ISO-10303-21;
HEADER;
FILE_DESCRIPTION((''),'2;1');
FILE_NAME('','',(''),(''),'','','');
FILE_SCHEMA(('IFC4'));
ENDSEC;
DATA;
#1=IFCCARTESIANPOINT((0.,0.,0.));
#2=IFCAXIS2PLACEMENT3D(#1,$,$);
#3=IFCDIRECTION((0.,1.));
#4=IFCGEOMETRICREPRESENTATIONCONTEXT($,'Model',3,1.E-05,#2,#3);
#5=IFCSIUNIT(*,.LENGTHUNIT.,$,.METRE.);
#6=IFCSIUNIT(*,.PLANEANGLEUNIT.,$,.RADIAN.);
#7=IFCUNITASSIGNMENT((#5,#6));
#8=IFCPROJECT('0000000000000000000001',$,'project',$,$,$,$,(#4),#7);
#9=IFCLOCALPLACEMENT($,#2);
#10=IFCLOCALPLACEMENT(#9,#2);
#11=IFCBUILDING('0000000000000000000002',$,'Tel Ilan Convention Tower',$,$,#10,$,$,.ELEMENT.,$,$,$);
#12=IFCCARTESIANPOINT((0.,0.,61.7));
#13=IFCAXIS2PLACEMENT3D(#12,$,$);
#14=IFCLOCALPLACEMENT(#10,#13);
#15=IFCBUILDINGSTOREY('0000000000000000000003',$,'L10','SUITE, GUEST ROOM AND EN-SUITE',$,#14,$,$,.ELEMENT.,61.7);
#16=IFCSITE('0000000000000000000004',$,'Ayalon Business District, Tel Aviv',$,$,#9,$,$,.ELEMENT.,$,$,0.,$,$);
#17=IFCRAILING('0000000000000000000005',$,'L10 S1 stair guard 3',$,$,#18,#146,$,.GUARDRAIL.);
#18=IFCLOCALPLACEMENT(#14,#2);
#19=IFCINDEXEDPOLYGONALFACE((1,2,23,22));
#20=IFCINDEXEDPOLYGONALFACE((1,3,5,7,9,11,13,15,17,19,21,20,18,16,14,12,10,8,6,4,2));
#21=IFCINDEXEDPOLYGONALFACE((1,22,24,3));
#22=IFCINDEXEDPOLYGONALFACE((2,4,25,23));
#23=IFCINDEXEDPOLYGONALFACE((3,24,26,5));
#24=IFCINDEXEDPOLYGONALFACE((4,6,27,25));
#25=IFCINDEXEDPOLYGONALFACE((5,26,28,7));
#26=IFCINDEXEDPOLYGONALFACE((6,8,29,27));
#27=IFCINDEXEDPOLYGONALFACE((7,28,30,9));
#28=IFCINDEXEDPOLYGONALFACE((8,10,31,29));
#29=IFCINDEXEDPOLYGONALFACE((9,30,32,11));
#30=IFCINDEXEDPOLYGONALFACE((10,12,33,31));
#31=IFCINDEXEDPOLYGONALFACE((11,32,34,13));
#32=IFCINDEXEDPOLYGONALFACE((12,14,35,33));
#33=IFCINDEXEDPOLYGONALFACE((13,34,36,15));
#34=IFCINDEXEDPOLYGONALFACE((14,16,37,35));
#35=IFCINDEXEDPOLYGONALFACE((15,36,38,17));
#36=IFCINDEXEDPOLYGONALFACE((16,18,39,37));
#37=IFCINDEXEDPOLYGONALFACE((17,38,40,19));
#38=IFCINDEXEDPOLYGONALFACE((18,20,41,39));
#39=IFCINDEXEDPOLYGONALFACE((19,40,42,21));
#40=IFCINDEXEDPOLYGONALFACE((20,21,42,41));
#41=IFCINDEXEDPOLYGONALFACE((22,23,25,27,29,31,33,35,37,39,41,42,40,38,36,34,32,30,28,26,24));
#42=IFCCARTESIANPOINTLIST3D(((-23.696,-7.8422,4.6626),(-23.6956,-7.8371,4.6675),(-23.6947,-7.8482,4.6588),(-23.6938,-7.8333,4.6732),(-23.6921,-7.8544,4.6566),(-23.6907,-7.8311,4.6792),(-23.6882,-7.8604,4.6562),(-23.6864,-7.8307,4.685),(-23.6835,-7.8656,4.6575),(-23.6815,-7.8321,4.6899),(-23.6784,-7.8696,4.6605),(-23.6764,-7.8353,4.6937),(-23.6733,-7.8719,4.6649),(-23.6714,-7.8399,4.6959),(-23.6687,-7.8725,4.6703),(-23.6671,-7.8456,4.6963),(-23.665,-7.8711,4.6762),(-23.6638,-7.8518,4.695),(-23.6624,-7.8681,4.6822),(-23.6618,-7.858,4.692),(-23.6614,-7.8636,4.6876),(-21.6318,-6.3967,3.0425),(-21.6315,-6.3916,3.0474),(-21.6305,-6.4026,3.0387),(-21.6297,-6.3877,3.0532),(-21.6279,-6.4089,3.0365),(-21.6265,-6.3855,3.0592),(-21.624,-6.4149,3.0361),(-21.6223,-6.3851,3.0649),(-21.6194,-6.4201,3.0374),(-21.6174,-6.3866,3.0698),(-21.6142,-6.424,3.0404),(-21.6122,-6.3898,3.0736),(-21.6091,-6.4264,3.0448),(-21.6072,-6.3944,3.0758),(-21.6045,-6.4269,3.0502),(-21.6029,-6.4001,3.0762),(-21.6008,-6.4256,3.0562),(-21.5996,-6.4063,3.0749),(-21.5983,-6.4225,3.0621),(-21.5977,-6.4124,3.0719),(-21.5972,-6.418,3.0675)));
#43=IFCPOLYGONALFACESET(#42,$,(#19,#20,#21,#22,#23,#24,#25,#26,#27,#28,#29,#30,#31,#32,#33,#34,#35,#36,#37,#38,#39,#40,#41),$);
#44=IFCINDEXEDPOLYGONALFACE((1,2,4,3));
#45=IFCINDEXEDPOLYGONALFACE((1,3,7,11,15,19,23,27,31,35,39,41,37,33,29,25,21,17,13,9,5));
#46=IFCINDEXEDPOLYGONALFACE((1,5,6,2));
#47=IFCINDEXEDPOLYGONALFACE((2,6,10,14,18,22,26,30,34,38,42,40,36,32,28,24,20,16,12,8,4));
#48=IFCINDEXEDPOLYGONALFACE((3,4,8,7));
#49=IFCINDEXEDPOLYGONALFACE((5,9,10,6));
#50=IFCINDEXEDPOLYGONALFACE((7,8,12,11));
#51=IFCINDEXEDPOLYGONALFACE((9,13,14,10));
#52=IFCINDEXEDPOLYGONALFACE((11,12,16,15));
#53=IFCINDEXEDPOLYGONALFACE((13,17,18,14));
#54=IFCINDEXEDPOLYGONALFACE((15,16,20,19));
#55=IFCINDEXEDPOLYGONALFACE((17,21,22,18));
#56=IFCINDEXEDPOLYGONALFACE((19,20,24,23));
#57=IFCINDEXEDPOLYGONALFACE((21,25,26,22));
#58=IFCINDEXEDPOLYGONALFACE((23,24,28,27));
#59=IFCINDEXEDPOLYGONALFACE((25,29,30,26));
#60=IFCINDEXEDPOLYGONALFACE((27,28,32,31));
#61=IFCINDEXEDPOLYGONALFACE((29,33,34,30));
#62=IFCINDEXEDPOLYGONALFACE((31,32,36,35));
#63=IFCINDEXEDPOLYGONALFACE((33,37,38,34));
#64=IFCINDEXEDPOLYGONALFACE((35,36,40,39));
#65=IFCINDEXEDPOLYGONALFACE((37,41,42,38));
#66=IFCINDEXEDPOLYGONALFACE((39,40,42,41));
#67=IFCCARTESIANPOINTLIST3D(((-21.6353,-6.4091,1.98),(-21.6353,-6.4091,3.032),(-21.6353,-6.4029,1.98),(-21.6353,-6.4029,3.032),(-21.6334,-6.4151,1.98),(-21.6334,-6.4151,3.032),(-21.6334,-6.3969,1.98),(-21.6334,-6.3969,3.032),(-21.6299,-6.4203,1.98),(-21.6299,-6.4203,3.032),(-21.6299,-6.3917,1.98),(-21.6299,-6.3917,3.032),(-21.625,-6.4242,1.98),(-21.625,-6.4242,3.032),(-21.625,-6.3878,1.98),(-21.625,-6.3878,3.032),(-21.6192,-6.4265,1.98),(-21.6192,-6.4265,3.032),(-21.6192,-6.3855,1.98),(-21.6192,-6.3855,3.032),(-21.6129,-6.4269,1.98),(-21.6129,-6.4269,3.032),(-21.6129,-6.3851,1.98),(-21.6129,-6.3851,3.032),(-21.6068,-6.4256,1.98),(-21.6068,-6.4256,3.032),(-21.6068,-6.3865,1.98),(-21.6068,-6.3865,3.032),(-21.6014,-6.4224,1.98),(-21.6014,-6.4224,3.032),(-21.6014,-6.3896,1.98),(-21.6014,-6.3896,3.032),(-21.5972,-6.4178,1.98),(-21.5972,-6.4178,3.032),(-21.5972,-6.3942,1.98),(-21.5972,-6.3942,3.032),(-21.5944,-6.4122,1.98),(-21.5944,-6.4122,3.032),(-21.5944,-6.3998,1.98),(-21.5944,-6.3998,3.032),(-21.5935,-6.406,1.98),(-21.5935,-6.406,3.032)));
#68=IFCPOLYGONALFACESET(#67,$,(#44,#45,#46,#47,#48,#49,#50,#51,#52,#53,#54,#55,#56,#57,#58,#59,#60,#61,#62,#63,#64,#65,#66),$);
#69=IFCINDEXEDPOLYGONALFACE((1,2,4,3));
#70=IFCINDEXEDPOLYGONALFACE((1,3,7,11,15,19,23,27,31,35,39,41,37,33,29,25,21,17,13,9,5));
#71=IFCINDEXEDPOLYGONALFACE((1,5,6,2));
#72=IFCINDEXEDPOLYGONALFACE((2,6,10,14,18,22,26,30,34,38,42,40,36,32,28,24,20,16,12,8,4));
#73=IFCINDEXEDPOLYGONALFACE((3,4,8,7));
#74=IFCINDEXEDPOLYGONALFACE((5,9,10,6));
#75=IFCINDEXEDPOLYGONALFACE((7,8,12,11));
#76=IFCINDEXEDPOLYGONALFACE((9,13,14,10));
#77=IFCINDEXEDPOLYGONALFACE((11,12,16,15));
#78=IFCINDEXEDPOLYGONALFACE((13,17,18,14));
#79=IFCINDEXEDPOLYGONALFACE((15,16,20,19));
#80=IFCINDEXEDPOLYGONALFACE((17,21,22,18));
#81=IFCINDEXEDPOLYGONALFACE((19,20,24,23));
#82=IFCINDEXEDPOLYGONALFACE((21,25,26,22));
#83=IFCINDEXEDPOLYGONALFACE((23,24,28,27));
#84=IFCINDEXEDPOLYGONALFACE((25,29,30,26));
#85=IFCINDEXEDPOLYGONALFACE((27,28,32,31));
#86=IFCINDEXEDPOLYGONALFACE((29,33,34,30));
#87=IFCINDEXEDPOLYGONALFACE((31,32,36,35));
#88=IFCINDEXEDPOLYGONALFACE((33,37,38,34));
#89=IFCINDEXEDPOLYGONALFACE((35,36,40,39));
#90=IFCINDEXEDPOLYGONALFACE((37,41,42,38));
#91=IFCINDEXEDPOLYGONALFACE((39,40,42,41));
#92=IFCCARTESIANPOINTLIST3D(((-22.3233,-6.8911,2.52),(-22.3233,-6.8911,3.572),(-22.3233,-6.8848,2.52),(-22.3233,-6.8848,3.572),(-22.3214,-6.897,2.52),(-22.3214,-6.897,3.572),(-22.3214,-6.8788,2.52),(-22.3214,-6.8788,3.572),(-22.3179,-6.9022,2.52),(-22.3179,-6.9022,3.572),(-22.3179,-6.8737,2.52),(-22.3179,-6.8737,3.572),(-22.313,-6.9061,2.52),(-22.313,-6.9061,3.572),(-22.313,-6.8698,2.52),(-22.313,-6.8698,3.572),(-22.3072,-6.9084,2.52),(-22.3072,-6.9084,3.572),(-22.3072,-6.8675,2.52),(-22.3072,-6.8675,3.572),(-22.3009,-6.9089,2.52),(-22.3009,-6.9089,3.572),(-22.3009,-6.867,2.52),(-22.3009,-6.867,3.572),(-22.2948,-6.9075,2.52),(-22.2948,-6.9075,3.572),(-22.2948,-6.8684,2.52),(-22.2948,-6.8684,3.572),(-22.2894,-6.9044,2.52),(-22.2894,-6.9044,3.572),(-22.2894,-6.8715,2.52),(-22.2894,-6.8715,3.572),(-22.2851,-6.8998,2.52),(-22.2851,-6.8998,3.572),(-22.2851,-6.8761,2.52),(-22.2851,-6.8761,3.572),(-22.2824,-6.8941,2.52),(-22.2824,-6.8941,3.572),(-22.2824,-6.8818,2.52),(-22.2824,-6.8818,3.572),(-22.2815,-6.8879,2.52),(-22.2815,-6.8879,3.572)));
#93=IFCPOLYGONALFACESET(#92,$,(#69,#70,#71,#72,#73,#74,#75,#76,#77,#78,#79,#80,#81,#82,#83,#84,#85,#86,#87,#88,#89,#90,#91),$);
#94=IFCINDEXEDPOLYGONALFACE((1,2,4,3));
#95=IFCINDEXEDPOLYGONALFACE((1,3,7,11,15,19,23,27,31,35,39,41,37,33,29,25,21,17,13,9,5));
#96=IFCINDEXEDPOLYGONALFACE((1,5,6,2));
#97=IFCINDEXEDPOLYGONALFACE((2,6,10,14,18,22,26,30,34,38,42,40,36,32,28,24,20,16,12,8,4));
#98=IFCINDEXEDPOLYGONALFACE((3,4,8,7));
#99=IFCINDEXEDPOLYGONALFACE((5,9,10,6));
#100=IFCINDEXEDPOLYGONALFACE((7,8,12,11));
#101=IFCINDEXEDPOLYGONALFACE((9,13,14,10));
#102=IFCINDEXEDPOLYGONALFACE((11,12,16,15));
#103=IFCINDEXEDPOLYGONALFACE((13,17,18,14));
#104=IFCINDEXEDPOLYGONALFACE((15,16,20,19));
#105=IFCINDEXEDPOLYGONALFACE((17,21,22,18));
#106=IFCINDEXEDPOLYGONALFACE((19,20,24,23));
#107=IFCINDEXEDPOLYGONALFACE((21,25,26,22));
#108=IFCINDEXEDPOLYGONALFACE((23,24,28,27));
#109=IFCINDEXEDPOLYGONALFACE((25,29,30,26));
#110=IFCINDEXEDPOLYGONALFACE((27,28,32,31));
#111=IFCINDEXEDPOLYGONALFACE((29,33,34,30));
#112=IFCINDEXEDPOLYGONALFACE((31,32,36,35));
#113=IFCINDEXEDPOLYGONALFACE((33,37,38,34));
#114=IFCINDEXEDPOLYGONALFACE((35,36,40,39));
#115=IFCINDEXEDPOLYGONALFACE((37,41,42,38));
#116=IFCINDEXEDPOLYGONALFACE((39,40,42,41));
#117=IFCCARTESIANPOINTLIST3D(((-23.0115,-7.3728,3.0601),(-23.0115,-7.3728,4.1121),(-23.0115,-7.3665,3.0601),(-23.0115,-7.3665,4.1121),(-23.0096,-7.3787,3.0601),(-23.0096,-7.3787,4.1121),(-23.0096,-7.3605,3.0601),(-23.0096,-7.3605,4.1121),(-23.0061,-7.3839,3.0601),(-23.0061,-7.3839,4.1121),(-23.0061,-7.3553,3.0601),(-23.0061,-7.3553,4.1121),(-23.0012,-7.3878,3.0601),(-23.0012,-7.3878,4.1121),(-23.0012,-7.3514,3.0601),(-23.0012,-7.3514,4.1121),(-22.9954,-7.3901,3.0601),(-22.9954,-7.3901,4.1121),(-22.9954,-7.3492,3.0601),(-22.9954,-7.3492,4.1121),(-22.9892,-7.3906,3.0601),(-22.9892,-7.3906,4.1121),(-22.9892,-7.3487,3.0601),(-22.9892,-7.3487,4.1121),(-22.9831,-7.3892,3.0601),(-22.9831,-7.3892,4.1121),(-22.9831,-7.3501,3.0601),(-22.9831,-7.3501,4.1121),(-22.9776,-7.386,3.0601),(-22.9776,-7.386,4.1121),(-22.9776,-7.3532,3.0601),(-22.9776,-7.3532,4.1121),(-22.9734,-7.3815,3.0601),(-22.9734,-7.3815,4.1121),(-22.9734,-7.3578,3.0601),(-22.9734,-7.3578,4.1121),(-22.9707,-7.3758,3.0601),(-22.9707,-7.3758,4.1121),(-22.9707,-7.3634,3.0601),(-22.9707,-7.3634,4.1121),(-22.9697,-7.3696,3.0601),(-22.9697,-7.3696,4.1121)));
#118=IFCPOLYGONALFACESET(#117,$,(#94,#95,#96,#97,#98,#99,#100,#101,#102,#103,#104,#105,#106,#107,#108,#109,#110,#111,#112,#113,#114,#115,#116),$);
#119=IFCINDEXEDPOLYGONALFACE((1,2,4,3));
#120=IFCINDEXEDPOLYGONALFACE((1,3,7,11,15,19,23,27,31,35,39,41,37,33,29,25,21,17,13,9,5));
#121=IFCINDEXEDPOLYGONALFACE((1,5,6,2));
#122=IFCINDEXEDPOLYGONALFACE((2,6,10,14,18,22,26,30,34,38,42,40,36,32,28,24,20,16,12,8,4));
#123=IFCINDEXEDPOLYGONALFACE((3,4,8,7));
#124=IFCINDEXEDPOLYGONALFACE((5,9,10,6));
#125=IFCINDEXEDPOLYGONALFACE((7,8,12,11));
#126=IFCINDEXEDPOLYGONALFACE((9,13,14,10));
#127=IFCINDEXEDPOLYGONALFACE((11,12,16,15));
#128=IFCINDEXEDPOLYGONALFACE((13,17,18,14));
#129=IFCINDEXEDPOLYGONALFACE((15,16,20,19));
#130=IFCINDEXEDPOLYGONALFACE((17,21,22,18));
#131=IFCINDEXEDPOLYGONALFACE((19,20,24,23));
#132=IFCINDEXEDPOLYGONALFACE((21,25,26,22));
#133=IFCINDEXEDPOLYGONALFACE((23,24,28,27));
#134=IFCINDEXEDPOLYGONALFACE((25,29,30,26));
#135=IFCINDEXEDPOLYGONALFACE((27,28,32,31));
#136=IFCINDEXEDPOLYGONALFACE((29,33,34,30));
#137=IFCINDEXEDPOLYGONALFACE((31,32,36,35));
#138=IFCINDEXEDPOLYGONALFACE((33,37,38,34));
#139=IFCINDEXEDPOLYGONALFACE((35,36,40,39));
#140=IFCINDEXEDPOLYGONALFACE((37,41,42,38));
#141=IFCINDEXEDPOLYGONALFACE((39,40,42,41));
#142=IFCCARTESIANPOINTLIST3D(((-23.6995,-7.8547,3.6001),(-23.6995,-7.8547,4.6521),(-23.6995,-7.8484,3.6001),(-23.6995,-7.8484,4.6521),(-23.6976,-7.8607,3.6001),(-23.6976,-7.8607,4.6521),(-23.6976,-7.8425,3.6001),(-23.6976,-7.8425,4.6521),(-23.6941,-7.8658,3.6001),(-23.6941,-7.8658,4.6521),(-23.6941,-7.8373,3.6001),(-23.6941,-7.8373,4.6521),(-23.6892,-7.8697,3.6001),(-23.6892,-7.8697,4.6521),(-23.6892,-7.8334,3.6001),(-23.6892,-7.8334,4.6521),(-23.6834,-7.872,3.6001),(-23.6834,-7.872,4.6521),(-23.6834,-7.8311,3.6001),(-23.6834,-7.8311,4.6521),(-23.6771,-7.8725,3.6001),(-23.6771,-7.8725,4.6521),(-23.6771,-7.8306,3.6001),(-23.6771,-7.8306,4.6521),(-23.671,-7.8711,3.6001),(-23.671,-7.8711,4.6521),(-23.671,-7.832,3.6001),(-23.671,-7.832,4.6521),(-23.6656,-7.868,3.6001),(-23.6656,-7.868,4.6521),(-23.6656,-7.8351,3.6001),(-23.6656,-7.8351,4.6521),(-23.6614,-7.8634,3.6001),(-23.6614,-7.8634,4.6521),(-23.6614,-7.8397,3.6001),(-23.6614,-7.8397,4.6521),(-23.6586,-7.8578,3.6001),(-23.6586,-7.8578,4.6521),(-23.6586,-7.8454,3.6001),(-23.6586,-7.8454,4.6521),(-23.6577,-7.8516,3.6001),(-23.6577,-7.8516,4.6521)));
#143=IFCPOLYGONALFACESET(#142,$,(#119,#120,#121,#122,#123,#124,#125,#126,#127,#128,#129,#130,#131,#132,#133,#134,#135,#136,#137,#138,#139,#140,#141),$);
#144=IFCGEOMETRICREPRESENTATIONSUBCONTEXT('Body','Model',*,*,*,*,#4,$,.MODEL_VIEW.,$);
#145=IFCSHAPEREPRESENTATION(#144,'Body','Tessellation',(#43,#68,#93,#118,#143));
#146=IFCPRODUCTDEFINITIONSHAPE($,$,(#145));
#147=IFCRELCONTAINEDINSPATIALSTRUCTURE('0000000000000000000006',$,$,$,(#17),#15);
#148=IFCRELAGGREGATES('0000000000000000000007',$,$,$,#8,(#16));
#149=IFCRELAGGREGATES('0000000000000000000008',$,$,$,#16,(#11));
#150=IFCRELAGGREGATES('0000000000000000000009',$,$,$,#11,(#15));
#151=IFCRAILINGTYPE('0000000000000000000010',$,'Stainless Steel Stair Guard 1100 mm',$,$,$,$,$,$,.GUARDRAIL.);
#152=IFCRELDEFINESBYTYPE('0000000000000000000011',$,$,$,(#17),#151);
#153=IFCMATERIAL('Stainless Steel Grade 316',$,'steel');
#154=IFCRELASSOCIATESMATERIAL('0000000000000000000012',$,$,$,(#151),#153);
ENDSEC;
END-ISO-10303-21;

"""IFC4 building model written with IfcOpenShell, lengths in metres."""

from ifc_helpers import new_model, si_unit, direction, frame, origin, origin_2d, place, context, subcontext, project, spatial, circle, extrude, material, type_object, element, save


model = new_model("IFC4")

# Units and contexts
model_context = context("Model", 3, precision=1e-05, world=origin(), true_north=direction((0.0, 1.0)))
body_context = subcontext(model_context, "Body", "Model", "MODEL_VIEW")
ifc_project = project(units=[si_unit("LENGTHUNIT", "METRE"), si_unit("PLANEANGLEUNIT", "RADIAN")], contexts=[model_context])

# Site, building, storey
site_placement = place(None, origin())
site = spatial("IfcSite", under=ifc_project, at=site_placement, Name="Ayalon Business District, Tel Aviv", CompositionType="ELEMENT", RefElevation=0.0)
building_placement = place(site_placement, origin())
building = spatial("IfcBuilding", under=site, at=building_placement, Name="Tel Ilan Convention Tower", CompositionType="ELEMENT")
storey_placement = place(building_placement, frame((0.0, 0.0, 61.7)))
storey = spatial("IfcBuildingStorey", under=building, at=storey_placement, Name="L10", Description="SUITE, GUEST ROOM AND EN-SUITE", CompositionType="ELEMENT", Elevation=61.7)

# Railing
ifc_material_1 = material(Name="Stainless Steel Grade 316", Category="steel")
railing_type_1 = type_object("IfcRailingType", Name="Stainless Steel Stair Guard 1100 mm", PredefinedType="GUARDRAIL", material=ifc_material_1)
railing_1_placement = place(storey_placement, frame((-21.6145, -6.406, 1.98)))
element("IfcRailing", 1, at=railing_1_placement, inside=storey, type_object=railing_type_1, Name="L10 S1 stair guard 3", PredefinedType="GUARDRAIL", context=body_context, shape_type="SweptSolid", body=[
    extrude(circle(Radius=0.0239, at=origin_2d()), frame((0.0, 0.0, 1.0762), z_axis=(-0.689013, -0.482513, 0.540779), x_axis=(0.573625, -0.819118, 0.0)), (0.0, 0.0, 1.0), 2.9958),
    extrude(circle(Radius=0.021, at=origin_2d()), origin(), (0.0, 0.0, 1.0), 1.052),
    extrude(circle(Radius=0.021, at=origin_2d()), frame((-0.688, -0.4819, 0.54)), (0.0, 0.0, 1.0), 1.052),
    extrude(circle(Radius=0.021, at=origin_2d()), frame((-1.3762, -0.9636, 1.0801)), (0.0, 0.0, 1.0), 1.052),
    extrude(circle(Radius=0.021, at=origin_2d()), frame((-2.0642, -1.4456, 1.6201)), (0.0, 0.0, 1.0), 1.052),
])

save(model, "model.ifc")
